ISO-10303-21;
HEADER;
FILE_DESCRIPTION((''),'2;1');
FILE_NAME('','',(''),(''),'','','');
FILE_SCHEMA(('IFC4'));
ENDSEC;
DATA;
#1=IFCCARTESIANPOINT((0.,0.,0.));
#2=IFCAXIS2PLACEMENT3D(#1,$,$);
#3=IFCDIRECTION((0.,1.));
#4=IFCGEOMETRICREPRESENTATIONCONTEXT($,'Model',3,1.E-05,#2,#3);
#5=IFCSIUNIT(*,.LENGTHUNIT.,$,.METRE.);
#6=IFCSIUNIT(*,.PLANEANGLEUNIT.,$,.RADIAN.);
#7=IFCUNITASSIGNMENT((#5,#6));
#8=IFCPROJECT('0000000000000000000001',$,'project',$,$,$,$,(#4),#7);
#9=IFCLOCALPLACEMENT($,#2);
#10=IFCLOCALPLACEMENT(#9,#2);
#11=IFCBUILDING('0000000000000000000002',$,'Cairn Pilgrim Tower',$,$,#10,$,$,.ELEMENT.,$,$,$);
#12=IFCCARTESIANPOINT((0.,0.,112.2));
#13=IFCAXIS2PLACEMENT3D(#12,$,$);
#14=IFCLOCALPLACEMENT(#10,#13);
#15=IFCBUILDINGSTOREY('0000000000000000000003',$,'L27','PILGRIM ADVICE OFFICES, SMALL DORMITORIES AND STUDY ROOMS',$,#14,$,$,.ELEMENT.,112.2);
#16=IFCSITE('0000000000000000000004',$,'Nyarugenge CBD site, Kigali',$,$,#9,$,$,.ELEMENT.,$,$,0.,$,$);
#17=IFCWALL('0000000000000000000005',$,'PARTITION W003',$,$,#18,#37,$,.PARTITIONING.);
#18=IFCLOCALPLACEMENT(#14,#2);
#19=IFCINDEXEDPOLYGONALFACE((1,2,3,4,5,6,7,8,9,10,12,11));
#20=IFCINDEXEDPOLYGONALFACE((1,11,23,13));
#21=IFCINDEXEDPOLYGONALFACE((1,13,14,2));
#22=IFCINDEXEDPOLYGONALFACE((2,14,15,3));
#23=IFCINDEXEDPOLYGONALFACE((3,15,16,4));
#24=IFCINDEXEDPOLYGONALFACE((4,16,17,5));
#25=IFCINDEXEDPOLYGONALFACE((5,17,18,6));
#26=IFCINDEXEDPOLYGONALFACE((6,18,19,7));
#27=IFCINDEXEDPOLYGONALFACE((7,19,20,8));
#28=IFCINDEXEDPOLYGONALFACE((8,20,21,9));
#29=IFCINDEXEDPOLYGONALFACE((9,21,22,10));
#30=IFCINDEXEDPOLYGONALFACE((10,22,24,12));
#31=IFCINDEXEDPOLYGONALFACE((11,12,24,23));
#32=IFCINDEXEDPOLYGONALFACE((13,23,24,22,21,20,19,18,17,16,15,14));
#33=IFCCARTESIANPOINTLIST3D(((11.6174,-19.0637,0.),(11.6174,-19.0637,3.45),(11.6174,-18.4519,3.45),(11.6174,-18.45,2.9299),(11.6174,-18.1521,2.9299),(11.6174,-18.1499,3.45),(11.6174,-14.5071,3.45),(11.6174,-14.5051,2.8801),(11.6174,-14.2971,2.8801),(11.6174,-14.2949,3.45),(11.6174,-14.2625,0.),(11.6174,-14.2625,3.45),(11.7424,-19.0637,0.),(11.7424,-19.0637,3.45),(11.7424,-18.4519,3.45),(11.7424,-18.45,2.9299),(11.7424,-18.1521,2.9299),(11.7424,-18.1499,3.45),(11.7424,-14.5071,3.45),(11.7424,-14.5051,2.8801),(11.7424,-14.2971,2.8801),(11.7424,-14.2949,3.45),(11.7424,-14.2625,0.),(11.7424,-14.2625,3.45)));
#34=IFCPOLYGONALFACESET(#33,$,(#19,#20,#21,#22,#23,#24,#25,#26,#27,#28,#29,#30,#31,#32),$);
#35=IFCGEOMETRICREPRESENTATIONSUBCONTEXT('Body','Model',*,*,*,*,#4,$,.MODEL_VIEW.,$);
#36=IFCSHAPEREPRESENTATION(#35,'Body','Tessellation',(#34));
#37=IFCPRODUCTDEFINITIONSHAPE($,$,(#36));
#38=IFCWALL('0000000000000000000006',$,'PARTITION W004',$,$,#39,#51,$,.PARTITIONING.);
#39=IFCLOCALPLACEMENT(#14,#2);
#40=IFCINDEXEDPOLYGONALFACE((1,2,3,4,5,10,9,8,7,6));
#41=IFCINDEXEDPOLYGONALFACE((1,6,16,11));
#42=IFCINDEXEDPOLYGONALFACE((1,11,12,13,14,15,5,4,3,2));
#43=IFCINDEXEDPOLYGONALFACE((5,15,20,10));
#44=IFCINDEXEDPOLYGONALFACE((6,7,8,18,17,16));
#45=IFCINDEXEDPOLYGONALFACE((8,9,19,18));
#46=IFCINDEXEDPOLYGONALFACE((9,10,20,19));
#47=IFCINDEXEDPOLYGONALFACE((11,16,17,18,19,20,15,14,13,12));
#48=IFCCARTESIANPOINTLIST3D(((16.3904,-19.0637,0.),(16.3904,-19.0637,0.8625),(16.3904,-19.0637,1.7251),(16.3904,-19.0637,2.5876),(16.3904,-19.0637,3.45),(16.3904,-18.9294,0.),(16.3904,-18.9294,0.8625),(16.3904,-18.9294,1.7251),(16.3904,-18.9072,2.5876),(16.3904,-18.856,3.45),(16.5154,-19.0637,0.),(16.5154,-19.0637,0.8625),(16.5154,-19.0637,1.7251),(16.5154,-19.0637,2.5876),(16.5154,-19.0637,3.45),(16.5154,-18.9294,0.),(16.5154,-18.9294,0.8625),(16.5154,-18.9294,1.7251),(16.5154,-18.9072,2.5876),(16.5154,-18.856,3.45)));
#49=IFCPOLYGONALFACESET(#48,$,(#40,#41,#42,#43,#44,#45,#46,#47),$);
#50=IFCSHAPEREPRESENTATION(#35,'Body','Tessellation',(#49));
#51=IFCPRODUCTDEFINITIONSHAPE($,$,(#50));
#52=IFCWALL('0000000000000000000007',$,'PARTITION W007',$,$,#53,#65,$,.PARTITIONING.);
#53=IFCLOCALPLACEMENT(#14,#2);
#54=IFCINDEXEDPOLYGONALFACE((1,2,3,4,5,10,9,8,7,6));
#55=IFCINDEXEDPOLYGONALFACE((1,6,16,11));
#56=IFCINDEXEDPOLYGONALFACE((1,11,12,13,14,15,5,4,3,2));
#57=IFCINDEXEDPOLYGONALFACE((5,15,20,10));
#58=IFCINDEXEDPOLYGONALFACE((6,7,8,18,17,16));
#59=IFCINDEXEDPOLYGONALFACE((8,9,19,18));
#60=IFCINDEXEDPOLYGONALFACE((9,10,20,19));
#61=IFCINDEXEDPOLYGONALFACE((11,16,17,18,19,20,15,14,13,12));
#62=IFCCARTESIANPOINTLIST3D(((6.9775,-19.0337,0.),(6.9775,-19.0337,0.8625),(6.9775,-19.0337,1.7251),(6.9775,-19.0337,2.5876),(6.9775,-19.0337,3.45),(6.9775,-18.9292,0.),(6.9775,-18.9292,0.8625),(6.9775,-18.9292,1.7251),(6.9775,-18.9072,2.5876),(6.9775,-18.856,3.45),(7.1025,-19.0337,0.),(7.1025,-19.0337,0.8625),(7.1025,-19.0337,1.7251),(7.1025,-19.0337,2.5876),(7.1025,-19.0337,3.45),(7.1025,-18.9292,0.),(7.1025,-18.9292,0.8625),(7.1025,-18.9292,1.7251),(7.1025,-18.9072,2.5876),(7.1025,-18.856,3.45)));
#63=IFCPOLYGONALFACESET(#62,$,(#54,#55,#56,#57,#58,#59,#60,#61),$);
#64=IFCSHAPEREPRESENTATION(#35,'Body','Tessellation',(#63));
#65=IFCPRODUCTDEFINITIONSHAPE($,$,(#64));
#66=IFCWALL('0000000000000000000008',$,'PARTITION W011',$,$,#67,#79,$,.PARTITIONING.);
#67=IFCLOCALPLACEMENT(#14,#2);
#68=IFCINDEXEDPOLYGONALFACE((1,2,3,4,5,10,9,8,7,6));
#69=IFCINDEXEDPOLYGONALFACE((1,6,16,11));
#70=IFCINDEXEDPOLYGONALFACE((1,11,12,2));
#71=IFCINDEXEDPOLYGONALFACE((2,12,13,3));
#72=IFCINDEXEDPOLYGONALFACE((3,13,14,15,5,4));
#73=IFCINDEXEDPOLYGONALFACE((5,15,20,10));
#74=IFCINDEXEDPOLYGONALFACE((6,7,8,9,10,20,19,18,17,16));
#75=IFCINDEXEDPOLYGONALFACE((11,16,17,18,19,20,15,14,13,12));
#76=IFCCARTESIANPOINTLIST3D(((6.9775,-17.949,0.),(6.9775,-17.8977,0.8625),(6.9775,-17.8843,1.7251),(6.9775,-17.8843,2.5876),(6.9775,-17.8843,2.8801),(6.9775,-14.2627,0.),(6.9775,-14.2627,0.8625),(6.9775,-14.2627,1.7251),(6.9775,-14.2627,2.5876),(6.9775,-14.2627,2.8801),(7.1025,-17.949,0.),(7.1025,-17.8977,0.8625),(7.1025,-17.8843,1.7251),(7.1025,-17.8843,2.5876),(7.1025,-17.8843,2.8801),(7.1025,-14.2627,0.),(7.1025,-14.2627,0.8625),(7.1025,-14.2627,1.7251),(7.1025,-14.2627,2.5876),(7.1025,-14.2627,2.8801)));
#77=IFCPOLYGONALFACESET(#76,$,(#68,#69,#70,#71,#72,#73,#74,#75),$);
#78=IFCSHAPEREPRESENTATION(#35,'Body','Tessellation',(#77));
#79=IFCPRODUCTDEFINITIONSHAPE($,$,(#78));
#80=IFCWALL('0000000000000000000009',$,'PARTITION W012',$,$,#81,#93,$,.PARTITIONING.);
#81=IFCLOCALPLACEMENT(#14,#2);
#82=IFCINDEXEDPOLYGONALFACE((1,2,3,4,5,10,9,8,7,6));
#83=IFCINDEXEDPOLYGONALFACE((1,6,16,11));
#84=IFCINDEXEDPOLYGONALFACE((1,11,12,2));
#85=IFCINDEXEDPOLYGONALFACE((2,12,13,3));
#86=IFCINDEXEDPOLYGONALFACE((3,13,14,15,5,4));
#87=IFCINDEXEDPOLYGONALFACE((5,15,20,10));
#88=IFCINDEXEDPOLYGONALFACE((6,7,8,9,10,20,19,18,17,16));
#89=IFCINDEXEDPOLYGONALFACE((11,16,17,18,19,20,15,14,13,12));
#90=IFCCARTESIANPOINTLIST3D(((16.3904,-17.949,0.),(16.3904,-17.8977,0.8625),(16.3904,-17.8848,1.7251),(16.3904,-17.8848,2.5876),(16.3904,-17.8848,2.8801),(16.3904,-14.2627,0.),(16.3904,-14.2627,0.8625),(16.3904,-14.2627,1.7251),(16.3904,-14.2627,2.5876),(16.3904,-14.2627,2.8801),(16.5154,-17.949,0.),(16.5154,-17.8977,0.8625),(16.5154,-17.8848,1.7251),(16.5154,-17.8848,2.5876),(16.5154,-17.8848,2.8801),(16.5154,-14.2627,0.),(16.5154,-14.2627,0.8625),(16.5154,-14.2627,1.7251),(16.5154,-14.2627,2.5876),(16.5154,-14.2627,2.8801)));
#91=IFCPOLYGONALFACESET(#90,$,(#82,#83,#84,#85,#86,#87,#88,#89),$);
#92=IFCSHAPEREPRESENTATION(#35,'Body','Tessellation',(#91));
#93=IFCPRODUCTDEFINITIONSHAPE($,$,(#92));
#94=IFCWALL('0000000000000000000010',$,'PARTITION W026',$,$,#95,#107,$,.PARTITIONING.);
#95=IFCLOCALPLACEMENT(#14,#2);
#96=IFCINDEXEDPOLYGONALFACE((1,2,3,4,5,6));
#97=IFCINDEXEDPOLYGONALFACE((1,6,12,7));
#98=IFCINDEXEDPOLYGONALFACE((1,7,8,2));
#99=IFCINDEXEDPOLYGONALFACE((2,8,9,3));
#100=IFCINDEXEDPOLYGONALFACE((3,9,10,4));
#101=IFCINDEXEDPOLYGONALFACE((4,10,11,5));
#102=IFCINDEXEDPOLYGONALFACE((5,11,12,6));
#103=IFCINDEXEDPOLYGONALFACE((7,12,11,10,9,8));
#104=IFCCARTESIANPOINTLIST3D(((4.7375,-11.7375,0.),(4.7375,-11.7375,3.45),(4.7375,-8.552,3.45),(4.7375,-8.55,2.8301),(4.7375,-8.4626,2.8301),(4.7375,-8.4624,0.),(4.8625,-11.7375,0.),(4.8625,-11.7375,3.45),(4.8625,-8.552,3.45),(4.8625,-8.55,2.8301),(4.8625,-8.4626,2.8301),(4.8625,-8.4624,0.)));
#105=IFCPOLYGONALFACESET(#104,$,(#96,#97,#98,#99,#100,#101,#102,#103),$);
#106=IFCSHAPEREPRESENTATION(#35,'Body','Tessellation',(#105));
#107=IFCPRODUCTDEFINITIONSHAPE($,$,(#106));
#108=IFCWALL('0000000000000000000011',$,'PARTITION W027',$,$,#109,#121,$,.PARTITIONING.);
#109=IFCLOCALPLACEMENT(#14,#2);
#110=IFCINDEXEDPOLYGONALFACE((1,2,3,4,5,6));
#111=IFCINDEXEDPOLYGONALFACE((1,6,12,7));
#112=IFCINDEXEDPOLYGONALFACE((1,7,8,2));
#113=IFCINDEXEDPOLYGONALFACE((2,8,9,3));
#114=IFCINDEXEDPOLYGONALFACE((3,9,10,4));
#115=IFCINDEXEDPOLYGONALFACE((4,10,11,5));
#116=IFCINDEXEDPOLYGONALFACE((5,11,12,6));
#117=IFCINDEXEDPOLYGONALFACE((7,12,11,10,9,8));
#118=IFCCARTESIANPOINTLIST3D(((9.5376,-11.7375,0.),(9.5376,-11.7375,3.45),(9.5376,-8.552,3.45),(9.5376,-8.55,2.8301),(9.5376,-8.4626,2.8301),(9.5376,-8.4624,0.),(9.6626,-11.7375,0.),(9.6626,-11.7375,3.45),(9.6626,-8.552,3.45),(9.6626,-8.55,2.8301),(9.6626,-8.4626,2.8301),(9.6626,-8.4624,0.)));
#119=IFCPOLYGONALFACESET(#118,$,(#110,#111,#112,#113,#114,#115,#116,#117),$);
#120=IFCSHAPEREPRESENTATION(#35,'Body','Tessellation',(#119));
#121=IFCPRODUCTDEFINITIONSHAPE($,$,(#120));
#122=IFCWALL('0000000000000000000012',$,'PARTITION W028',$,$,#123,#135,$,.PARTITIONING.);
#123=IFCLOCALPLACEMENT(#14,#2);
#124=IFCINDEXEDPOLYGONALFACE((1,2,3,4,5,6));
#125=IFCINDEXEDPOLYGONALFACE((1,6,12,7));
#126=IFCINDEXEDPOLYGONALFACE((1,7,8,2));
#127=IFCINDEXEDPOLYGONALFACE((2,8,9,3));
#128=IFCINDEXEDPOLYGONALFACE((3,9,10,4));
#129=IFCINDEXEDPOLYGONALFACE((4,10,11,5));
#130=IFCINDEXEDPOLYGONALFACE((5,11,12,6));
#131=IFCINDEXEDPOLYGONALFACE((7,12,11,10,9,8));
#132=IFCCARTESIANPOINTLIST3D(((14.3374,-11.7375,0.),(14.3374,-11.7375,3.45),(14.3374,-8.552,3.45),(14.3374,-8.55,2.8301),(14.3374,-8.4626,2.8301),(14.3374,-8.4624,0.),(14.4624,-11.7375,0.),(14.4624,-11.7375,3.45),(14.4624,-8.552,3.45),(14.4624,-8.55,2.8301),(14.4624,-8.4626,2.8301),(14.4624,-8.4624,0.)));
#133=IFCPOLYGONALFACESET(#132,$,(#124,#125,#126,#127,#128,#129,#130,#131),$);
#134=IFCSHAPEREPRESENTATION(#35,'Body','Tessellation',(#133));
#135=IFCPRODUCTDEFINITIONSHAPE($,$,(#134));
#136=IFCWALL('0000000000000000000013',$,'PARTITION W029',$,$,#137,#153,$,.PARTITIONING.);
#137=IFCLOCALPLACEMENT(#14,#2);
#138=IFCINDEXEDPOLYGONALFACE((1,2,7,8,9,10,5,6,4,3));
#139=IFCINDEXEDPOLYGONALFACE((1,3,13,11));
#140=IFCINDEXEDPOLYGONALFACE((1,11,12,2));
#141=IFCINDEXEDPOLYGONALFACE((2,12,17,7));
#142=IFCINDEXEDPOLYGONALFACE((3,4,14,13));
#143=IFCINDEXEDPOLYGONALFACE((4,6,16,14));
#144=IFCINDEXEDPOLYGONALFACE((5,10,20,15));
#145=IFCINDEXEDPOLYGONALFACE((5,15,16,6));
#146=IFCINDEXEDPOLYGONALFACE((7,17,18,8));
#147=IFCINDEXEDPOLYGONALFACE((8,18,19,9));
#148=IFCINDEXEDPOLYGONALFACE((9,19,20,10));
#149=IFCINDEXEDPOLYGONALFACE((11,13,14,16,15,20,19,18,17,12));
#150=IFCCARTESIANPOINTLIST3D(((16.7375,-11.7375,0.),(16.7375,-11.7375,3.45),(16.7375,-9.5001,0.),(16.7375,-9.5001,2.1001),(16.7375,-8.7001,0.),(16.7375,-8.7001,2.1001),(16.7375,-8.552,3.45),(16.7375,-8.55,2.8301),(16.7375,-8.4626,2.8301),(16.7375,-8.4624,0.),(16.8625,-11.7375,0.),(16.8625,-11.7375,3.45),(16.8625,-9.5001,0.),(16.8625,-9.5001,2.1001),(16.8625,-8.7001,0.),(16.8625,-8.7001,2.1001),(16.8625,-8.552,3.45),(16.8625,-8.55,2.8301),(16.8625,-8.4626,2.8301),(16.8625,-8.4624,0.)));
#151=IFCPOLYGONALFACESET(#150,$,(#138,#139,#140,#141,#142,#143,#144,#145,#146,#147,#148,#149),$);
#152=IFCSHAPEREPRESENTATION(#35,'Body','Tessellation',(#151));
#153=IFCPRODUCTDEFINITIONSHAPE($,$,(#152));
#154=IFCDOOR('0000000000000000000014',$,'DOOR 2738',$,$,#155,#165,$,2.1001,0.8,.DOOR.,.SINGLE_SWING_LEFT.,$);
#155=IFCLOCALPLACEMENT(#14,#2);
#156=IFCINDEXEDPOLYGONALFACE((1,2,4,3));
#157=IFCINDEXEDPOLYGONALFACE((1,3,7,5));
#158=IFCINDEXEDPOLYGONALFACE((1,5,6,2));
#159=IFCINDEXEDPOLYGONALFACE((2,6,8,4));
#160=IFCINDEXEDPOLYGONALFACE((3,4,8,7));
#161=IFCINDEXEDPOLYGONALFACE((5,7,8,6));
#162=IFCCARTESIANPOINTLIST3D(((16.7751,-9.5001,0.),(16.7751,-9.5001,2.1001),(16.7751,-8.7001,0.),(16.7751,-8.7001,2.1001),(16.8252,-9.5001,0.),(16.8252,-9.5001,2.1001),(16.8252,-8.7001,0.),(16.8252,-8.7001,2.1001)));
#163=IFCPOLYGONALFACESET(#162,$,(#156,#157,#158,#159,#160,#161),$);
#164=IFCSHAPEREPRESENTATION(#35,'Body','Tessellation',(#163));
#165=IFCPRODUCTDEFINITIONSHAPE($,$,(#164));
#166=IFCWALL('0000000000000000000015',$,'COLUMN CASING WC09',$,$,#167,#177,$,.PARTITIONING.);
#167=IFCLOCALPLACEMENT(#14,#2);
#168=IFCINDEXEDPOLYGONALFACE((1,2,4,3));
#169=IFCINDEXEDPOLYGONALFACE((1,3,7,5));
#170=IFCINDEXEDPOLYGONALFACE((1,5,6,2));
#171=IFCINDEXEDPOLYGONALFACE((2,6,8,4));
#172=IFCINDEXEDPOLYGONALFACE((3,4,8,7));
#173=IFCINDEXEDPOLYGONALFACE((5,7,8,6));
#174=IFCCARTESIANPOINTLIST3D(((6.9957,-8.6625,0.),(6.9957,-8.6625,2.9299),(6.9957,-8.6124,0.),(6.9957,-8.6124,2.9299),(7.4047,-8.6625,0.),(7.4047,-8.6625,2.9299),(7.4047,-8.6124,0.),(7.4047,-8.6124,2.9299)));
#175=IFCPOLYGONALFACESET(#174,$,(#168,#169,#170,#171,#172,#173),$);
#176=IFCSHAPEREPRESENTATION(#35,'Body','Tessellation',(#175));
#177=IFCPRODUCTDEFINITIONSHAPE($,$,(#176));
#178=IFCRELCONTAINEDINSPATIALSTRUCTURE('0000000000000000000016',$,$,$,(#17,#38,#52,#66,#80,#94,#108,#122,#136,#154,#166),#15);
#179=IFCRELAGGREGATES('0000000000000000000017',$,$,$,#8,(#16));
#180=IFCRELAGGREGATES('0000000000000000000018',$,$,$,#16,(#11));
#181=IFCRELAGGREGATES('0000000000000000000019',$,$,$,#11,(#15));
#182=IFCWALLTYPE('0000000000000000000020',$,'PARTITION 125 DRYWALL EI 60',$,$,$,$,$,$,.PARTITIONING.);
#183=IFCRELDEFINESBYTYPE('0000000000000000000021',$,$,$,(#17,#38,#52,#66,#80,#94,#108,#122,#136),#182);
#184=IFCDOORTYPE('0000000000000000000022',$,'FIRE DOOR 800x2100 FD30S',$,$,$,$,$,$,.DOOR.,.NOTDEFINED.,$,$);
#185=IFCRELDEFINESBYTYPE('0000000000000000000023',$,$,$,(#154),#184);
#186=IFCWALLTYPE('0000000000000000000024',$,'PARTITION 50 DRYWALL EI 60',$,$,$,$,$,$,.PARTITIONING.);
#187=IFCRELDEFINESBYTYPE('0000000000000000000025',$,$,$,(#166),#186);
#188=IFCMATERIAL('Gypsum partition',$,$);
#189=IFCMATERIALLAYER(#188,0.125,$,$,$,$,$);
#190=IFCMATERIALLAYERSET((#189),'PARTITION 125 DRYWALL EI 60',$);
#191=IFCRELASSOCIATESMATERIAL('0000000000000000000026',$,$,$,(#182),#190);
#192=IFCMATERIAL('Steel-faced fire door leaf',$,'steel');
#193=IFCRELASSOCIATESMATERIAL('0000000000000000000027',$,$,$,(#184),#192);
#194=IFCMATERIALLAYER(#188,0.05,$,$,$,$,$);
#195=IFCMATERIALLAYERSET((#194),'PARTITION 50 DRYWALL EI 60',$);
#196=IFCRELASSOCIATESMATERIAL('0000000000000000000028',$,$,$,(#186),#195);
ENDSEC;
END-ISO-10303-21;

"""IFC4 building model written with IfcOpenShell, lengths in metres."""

from ifc_helpers import new_model, si_unit, direction, frame, frame_2d, origin, place, context, subcontext, project, spatial, polyline, rectangle, outline, extrude, material, layer, layer_set, type_object, element, fill, save


model = new_model("IFC4")

# Units and contexts
model_context = context("Model", 3, precision=1e-05, world=origin(), true_north=direction((0.0, 1.0)))
body_context = subcontext(model_context, "Body", "Model", "MODEL_VIEW")
ifc_project = project(units=[si_unit("LENGTHUNIT", "METRE"), si_unit("PLANEANGLEUNIT", "RADIAN")], contexts=[model_context])

# Site, building, storey
site_placement = place(None, origin())
site = spatial("IfcSite", under=ifc_project, at=site_placement, Name="Nyarugenge CBD site, Kigali", CompositionType="ELEMENT", RefElevation=0.0)
building_placement = place(site_placement, origin())
building = spatial("IfcBuilding", under=site, at=building_placement, Name="Cairn Pilgrim Tower", CompositionType="ELEMENT")
storey_placement = place(building_placement, frame((0.0, 0.0, 112.2)))
storey = spatial("IfcBuildingStorey", under=building, at=storey_placement, Name="L27", Description="PILGRIM ADVICE OFFICES, SMALL DORMITORIES AND STUDY ROOMS", CompositionType="ELEMENT", Elevation=112.2)

# Walls
ifc_material_1 = material(Name="Gypsum partition")
ifc_layer_1 = layer(ifc_material_1, 0.125)
ifc_layer_set_1 = layer_set([ifc_layer_1], Name="PARTITION 125 DRYWALL EI 60")
wall_type_1 = type_object("IfcWallType", Name="PARTITION 125 DRYWALL EI 60", PredefinedType="PARTITIONING", material=ifc_layer_set_1)
wall_1_placement = place(storey_placement, frame((11.6799, -19.0637, 0.0), z_axis=(0.0, 0.0, 1.0), x_axis=(0.0, 1.0, 0.0)))
element("IfcWall", 1, at=wall_1_placement, inside=storey, type_object=wall_type_1, Name="PARTITION W003", PredefinedType="PARTITIONING", context=body_context, shape_type="SweptSolid", body=[
    extrude(outline(polyline([(0.0, 0.0), (4.8013, 0.0), (4.8013, 3.45), (4.7688, 3.45), (4.7666, 2.8801), (4.5586, 2.8801), (4.5566, 3.45), (0.9138, 3.45), (0.9116, 2.9299), (0.6138, 2.9299), (0.6118, 3.45), (0.0, 3.45), (0.0, 0.0)])), frame((0.0, 0.0625, 0.0), z_axis=(0.0, -1.0, 0.0), x_axis=(1.0, 0.0, 0.0)), (0.0, 0.0, 1.0), 0.125),
])
wall_2_placement = place(storey_placement, frame((16.4529, -19.0637, 0.0), z_axis=(0.0, 0.0, 1.0), x_axis=(0.0, 1.0, 0.0)))
element("IfcWall", 2, at=wall_2_placement, inside=storey, type_object=wall_type_1, Name="PARTITION W004", PredefinedType="PARTITIONING", context=body_context, shape_type="SweptSolid", body=[
    extrude(outline(polyline([(0.0, 0.0), (0.1343, 0.0), (0.1343, 0.8625), (0.1343, 1.7251), (0.1565, 2.5876), (0.2078, 3.45), (0.0, 3.45), (0.0, 2.5876), (0.0, 1.7251), (0.0, 0.8625), (0.0, 0.0)])), frame((0.0, 0.0625, 0.0), z_axis=(0.0, -1.0, 0.0), x_axis=(1.0, 0.0, 0.0)), (0.0, 0.0, 1.0), 0.125),
])
wall_3_placement = place(storey_placement, frame((7.04, -19.0337, 0.0), z_axis=(0.0, 0.0, 1.0), x_axis=(0.0, 1.0, 0.0)))
element("IfcWall", 3, at=wall_3_placement, inside=storey, type_object=wall_type_1, Name="PARTITION W007", PredefinedType="PARTITIONING", context=body_context, shape_type="SweptSolid", body=[
    extrude(outline(polyline([(0.0, 0.0), (0.1045, 0.0), (0.1045, 0.8625), (0.1045, 1.7251), (0.1265, 2.5876), (0.1777, 3.45), (0.0, 3.45), (0.0, 2.5876), (0.0, 1.7251), (0.0, 0.8625), (0.0, 0.0)])), frame((0.0, 0.0625, 0.0), z_axis=(0.0, -1.0, 0.0), x_axis=(1.0, 0.0, 0.0)), (0.0, 0.0, 1.0), 0.125),
])
wall_4_placement = place(storey_placement, frame((7.04, -17.949, 0.0), z_axis=(0.0, 0.0, 1.0), x_axis=(0.0, 1.0, 0.0)))
element("IfcWall", 4, at=wall_4_placement, inside=storey, type_object=wall_type_1, Name="PARTITION W011", PredefinedType="PARTITIONING", context=body_context, shape_type="SweptSolid", body=[
    extrude(outline(polyline([(0.0, 0.0), (3.6863, 0.0), (3.6863, 0.8625), (3.6863, 1.7251), (3.6863, 2.5876), (3.6863, 2.8801), (0.0647, 2.8801), (0.0647, 2.5876), (0.0647, 1.7251), (0.0513, 0.8625), (0.0, 0.0)])), frame((0.0, 0.0625, 0.0), z_axis=(0.0, -1.0, 0.0), x_axis=(1.0, 0.0, 0.0)), (0.0, 0.0, 1.0), 0.125),
])
wall_5_placement = place(storey_placement, frame((16.4529, -17.949, 0.0), z_axis=(0.0, 0.0, 1.0), x_axis=(0.0, 1.0, 0.0)))
element("IfcWall", 5, at=wall_5_placement, inside=storey, type_object=wall_type_1, Name="PARTITION W012", PredefinedType="PARTITIONING", context=body_context, shape_type="SweptSolid", body=[
    extrude(outline(polyline([(0.0, 0.0), (3.6863, 0.0), (3.6863, 0.8625), (3.6863, 1.7251), (3.6863, 2.5876), (3.6863, 2.8801), (0.0642, 2.8801), (0.0642, 2.5876), (0.0642, 1.7251), (0.0513, 0.8625), (0.0, 0.0)])), frame((0.0, 0.0625, 0.0), z_axis=(0.0, -1.0, 0.0), x_axis=(1.0, 0.0, 0.0)), (0.0, 0.0, 1.0), 0.125),
])
for number, where, z_axis, x_axis, name in (
    (6, (4.8, -11.7375, 0.0), (0.0, 0.0, 1.0), (0.0, 1.0, 0.0), "PARTITION W026"),
    (7, (9.6001, -11.7375, 0.0), (0.0, 0.0, 1.0), (0.0, 1.0, 0.0), "PARTITION W027"),
    (8, (14.3999, -11.7375, 0.0), (0.0, 0.0, 1.0), (0.0, 1.0, 0.0), "PARTITION W028"),
):
    element("IfcWall", number, at=place(storey_placement, frame(where, z_axis=z_axis, x_axis=x_axis)), inside=storey, type_object=wall_type_1, Name=name, PredefinedType="PARTITIONING", context=body_context, shape_type="SweptSolid", body=[
        extrude(outline(polyline([(0.0, 0.0), (3.2751, 0.0), (3.2749, 2.8301), (3.1875, 2.8301), (3.1855, 3.45), (0.0, 3.45), (0.0, 0.0)])), frame((0.0, 0.0625, 0.0), z_axis=(0.0, -1.0, 0.0), x_axis=(1.0, 0.0, 0.0)), (0.0, 0.0, 1.0), 0.125),
    ])

# Wall, opening, door
wall_6_placement = place(storey_placement, frame((16.8, -11.7375, 0.0), z_axis=(0.0, 0.0, 1.0), x_axis=(0.0, 1.0, 0.0)))
wall_6 = element("IfcWall", 9, at=wall_6_placement, inside=storey, type_object=wall_type_1, Name="PARTITION W029", PredefinedType="PARTITIONING", context=body_context, shape_type="SweptSolid", body=[
    extrude(outline(polyline([(0.0, 0.0), (3.2751, 0.0), (3.2749, 2.8301), (3.1875, 2.8301), (3.1855, 3.45), (0.0, 3.45), (0.0, 0.0)])), frame((0.0, 0.0625, 0.0), z_axis=(0.0, -1.0, 0.0), x_axis=(1.0, 0.0, 0.0)), (0.0, 0.0, 1.0), 0.125),
])
opening_1_placement = place(wall_6_placement, frame((2.2375, 0.0, 0.0)))
opening_1 = element("IfcOpeningElement", 10, at=opening_1_placement, cuts=wall_6, PredefinedType="OPENING", context=body_context, shape_type="SweptSolid", body=[
    extrude(rectangle(XDim=0.8, YDim=2.1001, at=frame_2d((0.3999, 1.05))), frame((0.0, 0.0725, 0.0), z_axis=(0.0, -1.0, 0.0), x_axis=(1.0, 0.0, 0.0)), (0.0, 0.0, 1.0), 0.145),
])
ifc_material_2 = material(Name="Steel-faced fire door leaf", Category="steel")
door_type_1 = type_object("IfcDoorType", Name="FIRE DOOR 800x2100 FD30S", OperationType="NOTDEFINED", PredefinedType="DOOR", material=ifc_material_2)
door_1_placement = place(opening_1_placement, origin())
door_1 = element("IfcDoor", 11, at=door_1_placement, inside=storey, type_object=door_type_1, Name="DOOR 2738", OperationType="SINGLE_SWING_LEFT", OverallHeight=2.1001, OverallWidth=0.8, PredefinedType="DOOR", context=body_context, shape_type="SweptSolid", body=[
    extrude(rectangle(XDim=0.8, YDim=2.1001, at=frame_2d((0.3999, 1.05))), frame((0.0, 0.0249, 0.0), z_axis=(0.0, -1.0, 0.0), x_axis=(1.0, 0.0, 0.0)), (0.0, 0.0, 1.0), 0.05),
])
fill(opening_1, door_1)

# Wall
ifc_layer_2 = layer(ifc_material_1, 0.05)
ifc_layer_set_2 = layer_set([ifc_layer_2], Name="PARTITION 50 DRYWALL EI 60")
wall_type_2 = type_object("IfcWallType", Name="PARTITION 50 DRYWALL EI 60", PredefinedType="PARTITIONING", material=ifc_layer_set_2)
wall_7_placement = place(storey_placement, frame((6.9956, -8.6375, 0.0), z_axis=(0.0, 0.0, 1.0), x_axis=(1.0, 0.0, 0.0)))
element("IfcWall", 12, at=wall_7_placement, inside=storey, type_object=wall_type_2, Name="COLUMN CASING WC09", PredefinedType="PARTITIONING", context=body_context, shape_type="SweptSolid", body=[
    extrude(rectangle(XDim=0.4089, YDim=0.05, at=frame_2d((0.2046, 0.0))), origin(), (0.0, 0.0, 1.0), 2.9299),
])

save(model, "model.ifc")
